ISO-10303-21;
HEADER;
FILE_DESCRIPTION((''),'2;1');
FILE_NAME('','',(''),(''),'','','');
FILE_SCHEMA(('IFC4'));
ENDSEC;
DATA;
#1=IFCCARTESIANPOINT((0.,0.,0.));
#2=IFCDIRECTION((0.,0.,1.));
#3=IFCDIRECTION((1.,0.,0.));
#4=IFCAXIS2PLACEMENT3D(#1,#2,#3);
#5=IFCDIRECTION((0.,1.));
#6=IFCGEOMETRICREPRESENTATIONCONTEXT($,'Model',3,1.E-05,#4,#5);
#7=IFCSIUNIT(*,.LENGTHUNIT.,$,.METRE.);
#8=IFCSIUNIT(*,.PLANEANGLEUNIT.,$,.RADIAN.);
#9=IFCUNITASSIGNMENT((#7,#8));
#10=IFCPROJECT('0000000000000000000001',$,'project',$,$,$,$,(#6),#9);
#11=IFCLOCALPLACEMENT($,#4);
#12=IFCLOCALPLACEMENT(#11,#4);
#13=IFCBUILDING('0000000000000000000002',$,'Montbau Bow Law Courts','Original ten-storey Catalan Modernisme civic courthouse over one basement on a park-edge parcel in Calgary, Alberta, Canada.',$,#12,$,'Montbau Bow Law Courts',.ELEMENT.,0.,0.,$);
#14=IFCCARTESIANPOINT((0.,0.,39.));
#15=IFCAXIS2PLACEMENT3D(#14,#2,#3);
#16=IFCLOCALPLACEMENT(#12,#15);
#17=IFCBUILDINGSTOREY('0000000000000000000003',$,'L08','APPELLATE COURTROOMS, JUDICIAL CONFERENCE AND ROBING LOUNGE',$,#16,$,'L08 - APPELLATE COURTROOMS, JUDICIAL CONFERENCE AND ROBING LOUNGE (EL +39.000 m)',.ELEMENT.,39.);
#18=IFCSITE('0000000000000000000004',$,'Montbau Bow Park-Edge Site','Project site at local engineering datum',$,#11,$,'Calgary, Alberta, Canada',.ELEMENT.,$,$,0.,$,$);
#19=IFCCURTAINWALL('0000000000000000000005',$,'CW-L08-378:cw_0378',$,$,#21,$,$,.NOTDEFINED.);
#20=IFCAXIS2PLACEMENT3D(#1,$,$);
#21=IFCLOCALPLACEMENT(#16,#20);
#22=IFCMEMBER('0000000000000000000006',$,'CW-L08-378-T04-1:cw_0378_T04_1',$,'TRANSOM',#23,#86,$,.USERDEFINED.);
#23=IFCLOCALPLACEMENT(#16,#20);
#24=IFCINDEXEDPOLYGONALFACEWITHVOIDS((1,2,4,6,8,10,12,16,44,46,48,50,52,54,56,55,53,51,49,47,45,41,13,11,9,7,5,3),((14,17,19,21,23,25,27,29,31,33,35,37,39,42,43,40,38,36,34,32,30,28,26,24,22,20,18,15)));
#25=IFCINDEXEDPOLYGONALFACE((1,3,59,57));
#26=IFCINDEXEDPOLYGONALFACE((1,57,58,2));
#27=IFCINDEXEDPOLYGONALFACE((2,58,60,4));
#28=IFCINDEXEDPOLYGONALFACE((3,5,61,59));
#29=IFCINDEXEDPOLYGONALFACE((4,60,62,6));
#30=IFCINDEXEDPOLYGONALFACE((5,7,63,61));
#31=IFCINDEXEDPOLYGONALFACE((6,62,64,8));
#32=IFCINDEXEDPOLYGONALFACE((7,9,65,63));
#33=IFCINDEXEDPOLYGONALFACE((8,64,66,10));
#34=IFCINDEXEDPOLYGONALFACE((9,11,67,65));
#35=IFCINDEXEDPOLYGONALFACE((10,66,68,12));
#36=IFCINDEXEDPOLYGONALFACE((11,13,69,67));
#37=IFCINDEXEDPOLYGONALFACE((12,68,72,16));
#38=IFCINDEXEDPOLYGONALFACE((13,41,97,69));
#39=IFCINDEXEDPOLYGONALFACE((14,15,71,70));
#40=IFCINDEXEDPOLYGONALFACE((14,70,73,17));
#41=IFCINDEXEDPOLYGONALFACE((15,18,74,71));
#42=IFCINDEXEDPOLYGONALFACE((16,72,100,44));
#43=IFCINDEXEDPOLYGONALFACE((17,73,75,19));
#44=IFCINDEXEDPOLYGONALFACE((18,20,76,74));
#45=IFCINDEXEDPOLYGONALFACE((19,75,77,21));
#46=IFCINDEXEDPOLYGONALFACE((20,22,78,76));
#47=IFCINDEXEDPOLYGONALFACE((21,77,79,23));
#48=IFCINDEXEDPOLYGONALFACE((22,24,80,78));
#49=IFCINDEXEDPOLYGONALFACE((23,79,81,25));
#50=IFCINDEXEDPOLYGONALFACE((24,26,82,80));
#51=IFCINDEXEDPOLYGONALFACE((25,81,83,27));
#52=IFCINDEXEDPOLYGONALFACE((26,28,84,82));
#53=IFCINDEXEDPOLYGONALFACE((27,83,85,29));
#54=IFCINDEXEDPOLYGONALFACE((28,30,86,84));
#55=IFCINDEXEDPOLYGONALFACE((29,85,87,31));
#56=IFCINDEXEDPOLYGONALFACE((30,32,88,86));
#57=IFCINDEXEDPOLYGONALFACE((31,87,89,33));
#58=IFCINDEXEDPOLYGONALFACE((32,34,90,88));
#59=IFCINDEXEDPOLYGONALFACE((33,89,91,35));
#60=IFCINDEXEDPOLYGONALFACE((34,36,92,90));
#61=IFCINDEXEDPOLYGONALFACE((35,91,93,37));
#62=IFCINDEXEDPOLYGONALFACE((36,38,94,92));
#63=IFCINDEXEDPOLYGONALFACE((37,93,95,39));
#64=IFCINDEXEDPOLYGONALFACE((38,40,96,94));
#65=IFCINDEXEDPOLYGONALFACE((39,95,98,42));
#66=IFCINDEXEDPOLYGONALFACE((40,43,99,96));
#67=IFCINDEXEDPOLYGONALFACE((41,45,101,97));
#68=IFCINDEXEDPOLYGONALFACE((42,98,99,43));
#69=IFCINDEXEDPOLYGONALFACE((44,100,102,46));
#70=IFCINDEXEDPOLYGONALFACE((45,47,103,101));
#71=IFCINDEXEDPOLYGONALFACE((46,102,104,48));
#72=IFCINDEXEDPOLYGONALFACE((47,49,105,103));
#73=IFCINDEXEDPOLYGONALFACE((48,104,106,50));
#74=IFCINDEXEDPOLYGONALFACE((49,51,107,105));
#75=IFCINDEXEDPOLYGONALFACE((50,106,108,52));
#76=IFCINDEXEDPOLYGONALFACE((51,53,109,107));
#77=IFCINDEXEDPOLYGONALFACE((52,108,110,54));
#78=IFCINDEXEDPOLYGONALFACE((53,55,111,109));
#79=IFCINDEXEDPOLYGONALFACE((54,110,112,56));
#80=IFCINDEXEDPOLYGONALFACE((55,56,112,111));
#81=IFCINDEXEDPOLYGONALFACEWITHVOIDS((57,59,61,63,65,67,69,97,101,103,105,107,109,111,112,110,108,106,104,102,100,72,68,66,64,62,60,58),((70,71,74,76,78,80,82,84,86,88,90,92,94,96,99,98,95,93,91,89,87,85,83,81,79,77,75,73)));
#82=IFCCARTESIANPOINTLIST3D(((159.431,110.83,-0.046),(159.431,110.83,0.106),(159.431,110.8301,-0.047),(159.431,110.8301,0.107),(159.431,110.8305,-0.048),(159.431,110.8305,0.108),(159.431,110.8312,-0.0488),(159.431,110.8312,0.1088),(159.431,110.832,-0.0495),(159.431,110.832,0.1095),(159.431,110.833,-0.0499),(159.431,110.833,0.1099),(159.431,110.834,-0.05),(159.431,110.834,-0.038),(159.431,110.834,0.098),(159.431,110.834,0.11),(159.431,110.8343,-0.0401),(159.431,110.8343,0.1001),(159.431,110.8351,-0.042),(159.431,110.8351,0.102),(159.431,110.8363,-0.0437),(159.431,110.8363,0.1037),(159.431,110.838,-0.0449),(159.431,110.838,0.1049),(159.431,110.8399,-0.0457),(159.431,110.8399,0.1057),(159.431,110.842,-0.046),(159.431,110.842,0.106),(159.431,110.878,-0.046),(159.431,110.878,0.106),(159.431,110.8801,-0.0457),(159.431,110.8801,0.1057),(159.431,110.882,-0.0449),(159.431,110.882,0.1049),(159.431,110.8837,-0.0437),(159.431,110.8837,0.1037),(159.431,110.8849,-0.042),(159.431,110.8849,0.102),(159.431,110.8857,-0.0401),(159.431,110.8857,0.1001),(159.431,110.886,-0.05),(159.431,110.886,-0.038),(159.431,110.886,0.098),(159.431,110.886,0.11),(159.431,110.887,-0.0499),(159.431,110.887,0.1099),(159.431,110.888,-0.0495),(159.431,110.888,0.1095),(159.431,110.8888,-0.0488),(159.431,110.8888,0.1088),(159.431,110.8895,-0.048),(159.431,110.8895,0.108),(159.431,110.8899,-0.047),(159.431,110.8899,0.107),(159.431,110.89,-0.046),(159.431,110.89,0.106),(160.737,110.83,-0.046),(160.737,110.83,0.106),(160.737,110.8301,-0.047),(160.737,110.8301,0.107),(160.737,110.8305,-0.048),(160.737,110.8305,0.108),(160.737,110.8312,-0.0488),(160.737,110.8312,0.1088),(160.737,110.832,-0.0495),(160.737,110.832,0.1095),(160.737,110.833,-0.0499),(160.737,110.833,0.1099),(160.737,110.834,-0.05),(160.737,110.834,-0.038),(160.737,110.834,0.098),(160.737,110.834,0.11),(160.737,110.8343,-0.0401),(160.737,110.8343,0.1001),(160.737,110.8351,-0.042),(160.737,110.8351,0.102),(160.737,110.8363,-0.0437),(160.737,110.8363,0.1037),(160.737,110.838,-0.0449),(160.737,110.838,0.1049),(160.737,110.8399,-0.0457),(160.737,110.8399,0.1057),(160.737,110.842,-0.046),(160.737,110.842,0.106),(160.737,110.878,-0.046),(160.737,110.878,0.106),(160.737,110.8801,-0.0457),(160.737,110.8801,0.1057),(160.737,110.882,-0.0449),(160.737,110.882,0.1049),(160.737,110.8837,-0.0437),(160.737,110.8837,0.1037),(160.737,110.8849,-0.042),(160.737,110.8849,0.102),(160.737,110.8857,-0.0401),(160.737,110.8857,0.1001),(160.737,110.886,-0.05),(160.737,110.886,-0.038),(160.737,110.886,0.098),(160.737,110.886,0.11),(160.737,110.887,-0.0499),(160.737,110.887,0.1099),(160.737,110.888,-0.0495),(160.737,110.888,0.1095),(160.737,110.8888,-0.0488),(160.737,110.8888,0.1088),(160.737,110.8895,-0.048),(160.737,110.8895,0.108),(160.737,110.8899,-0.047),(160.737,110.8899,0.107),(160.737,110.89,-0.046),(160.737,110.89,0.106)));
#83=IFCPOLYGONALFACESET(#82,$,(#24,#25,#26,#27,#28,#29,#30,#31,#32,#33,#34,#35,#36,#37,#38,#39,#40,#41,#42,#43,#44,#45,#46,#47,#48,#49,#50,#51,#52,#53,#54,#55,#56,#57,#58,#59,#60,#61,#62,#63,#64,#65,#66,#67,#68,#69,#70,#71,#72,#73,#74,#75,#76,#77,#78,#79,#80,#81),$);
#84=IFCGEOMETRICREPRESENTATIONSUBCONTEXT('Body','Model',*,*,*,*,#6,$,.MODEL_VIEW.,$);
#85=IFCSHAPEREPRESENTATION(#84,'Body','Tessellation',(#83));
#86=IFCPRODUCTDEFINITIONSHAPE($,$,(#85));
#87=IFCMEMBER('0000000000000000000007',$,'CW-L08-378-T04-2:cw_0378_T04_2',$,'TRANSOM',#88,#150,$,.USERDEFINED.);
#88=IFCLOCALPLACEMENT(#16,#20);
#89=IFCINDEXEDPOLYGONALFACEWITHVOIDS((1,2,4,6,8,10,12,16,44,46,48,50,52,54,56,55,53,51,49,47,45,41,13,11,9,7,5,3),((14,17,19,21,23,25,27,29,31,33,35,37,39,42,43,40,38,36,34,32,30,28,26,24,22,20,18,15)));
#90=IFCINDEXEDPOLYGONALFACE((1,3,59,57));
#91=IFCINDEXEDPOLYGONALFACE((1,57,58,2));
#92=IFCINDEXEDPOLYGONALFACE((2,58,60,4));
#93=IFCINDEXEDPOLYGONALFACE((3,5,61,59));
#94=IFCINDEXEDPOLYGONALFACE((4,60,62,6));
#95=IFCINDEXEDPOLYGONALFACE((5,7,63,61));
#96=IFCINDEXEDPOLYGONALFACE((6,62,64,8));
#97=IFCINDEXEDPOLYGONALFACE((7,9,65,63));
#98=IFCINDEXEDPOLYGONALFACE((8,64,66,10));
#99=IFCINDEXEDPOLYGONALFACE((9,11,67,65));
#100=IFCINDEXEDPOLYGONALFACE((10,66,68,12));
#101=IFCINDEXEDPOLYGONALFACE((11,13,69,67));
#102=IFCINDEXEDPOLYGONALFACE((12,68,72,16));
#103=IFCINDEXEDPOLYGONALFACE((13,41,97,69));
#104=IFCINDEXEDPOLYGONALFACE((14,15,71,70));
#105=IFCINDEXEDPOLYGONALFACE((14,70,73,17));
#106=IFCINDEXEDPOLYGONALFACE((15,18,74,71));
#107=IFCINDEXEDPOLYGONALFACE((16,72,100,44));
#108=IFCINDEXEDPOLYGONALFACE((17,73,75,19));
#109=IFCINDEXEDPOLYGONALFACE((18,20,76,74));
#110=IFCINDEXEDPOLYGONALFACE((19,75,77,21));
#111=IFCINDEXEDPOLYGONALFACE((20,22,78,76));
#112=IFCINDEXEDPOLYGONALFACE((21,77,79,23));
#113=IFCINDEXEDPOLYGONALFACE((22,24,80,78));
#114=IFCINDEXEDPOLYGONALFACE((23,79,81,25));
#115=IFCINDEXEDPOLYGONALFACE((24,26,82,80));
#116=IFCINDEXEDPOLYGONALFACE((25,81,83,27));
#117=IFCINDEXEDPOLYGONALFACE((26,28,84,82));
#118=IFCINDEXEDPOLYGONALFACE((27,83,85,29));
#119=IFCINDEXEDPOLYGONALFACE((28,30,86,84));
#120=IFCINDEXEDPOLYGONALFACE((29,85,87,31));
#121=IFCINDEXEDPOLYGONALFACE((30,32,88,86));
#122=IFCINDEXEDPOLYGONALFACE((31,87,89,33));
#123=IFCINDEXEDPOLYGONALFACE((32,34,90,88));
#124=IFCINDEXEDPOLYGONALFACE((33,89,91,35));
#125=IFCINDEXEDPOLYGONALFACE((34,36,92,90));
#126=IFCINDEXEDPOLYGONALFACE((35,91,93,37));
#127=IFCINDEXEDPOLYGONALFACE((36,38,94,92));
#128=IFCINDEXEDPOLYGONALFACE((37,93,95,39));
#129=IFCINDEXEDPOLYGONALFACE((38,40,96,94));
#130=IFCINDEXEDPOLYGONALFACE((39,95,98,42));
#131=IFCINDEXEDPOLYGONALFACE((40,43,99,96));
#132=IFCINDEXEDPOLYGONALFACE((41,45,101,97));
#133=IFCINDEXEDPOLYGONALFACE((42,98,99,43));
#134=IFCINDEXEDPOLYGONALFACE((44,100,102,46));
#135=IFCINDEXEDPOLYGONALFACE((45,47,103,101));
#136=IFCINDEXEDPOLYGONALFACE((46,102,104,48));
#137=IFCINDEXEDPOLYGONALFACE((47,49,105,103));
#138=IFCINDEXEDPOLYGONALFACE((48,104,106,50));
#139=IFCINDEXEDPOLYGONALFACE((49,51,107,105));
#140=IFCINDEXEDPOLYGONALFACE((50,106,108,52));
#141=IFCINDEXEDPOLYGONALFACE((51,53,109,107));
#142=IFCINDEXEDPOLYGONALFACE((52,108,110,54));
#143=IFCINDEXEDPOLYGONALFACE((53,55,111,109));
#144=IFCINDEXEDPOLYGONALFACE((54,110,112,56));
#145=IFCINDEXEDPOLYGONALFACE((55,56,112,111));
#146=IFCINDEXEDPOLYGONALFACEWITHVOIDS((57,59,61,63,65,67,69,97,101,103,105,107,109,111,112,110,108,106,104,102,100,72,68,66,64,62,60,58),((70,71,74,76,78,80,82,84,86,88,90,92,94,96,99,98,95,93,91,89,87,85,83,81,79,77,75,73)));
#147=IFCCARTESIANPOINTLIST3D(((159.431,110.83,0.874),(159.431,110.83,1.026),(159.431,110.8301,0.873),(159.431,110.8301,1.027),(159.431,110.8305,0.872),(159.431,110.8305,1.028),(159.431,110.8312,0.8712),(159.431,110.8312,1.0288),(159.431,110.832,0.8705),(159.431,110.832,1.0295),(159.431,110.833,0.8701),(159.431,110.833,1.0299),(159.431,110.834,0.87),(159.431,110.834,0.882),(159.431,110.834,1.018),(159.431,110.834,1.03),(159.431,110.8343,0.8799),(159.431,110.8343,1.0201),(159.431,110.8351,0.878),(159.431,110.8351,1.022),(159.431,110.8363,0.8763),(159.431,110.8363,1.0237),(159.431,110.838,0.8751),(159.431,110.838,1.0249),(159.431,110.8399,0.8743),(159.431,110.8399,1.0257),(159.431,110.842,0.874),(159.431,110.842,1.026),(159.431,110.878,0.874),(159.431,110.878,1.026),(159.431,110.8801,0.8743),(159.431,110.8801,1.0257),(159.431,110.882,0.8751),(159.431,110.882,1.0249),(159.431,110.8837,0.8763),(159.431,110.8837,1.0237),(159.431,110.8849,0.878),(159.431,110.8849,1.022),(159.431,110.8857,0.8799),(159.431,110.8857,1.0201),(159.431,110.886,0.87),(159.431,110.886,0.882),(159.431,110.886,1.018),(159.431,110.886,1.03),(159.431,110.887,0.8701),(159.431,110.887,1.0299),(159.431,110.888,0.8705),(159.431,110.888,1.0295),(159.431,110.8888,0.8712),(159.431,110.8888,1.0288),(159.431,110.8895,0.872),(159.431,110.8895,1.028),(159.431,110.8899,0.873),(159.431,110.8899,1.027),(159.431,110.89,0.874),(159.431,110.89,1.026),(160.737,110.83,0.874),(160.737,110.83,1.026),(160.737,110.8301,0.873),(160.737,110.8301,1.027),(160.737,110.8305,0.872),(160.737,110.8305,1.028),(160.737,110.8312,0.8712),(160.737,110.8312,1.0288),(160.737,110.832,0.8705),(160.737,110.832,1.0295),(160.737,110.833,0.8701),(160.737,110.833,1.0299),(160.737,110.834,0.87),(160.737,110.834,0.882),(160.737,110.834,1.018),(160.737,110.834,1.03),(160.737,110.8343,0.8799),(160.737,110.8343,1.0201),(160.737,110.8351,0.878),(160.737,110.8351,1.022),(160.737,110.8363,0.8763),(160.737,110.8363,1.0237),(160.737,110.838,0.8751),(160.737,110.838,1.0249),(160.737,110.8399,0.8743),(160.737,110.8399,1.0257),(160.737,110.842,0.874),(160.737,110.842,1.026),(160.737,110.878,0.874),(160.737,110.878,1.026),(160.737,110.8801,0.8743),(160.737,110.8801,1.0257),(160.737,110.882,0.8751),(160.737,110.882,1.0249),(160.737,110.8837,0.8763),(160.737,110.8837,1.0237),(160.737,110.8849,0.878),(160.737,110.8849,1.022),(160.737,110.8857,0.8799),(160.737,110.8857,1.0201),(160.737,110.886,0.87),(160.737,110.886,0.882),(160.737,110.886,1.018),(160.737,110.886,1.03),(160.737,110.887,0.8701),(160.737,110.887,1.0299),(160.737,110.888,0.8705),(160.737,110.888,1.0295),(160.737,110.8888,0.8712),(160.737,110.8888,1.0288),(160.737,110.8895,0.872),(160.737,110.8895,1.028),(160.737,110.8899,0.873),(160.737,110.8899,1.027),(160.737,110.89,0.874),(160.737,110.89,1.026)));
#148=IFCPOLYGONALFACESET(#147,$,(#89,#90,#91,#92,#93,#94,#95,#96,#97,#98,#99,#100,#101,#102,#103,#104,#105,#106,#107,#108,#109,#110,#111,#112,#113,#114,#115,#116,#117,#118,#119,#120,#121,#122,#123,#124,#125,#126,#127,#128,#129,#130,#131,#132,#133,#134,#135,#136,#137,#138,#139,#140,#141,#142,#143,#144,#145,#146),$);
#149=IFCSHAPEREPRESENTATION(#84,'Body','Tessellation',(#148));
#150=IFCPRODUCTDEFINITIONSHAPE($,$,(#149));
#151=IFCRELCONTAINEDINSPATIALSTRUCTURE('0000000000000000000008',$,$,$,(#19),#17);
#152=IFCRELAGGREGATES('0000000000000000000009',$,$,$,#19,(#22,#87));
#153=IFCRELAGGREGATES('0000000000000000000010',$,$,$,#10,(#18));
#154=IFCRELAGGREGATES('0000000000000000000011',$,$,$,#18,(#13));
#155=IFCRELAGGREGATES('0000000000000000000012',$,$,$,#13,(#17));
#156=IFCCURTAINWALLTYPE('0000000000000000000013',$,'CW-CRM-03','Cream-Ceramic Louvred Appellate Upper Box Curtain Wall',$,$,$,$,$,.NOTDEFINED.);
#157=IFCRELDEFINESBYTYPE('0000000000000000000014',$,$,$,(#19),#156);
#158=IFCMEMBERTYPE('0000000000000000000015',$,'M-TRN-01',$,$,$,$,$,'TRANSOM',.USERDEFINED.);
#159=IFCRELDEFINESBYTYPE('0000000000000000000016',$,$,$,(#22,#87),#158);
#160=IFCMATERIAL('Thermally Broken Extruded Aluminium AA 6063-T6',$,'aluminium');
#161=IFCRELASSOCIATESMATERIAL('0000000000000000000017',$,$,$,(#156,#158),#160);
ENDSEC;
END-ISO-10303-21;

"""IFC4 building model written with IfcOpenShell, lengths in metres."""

from ifc_helpers import new_model, si_unit, direction, frame, origin_with_axes, origin_2d_with_axis, place, context, subcontext, project, spatial, hollow_rectangle, extrude, material, material_profile, profile_set, type_object, element, aggregate, save


model = new_model("IFC4")

# Units and contexts
model_context = context("Model", 3, precision=1e-05, world=origin_with_axes(), true_north=direction((0.0, 1.0)))
body_context = subcontext(model_context, "Body", "Model", "MODEL_VIEW")
ifc_project = project(units=[si_unit("LENGTHUNIT", "METRE"), si_unit("PLANEANGLEUNIT", "RADIAN")], contexts=[model_context])

# Site, building, storey
site_placement = place(None, origin_with_axes())
site = spatial("IfcSite", under=ifc_project, at=site_placement, Name="Montbau Bow Park-Edge Site", Description="Project site at local engineering datum", LongName="Calgary, Alberta, Canada", CompositionType="ELEMENT", RefElevation=0.0)
building_placement = place(site_placement, origin_with_axes())
building = spatial("IfcBuilding", under=site, at=building_placement, Name="Montbau Bow Law Courts", Description="Original ten-storey Catalan Modernisme civic courthouse over one basement on a park-edge parcel in Calgary, Alberta, Canada.", LongName="Montbau Bow Law Courts", CompositionType="ELEMENT", ElevationOfRefHeight=0.0, ElevationOfTerrain=0.0)
storey_placement = place(building_placement, frame((0.0, 0.0, 39.0), z_axis=(0.0, 0.0, 1.0), x_axis=(1.0, 0.0, 0.0)))
storey = spatial("IfcBuildingStorey", under=building, at=storey_placement, Name="L08", Description="APPELLATE COURTROOMS, JUDICIAL CONFERENCE AND ROBING LOUNGE", LongName="L08 - APPELLATE COURTROOMS, JUDICIAL CONFERENCE AND ROBING LOUNGE (EL +39.000 m)", CompositionType="ELEMENT", Elevation=39.0)

# Curtain wall, members
ifc_material_1 = material(Name="Thermally Broken Extruded Aluminium AA 6063-T6", Category="aluminium")
curtain_wall_type = type_object("IfcCurtainWallType", Name="CW-CRM-03", Description="Cream-Ceramic Louvred Appellate Upper Box Curtain Wall", PredefinedType="NOTDEFINED", material=ifc_material_1)
curtain_wall_placement = place(None, frame((155.24, 110.86, 39.0), z_axis=(0.0, 0.0, 1.0), x_axis=(1.0, 0.0, 0.0)))
curtain_wall = element("IfcCurtainWall", 1, at=curtain_wall_placement, inside=storey, type_object=curtain_wall_type, Name="CW-L08-378:cw_0378", PredefinedType="NOTDEFINED")
ifc_material_profile_1 = material_profile(ifc_material_1, hollow_rectangle(XDim=0.06, YDim=0.16, WallThickness=0.004, InnerFilletRadius=0.008, OuterFilletRadius=0.004, at=origin_2d_with_axis()), Name="CWT-160X60", Category="Main", Priority=0)
ifc_profile_set_1 = profile_set([ifc_material_profile_1], Name="Thermally Broken Extruded Aluminium AA 6063-T6")
member_type_1 = type_object("IfcMemberType", Name="M-TRN-01", ElementType="TRANSOM", PredefinedType="USERDEFINED", material=ifc_profile_set_1)
member_1_placement = place(None, frame((159.431, 110.86, 39.03), z_axis=(1.0, 0.0, 0.0), x_axis=(0.0, 1.0, 0.0)))
member_1 = element("IfcMember", 2, at=member_1_placement, type_object=member_type_1, Name="CW-L08-378-T04-1:cw_0378_T04_1", ObjectType="TRANSOM", PredefinedType="USERDEFINED", context=body_context, shape_type="SweptSolid", body=[
    extrude(hollow_rectangle(XDim=0.06, YDim=0.16, WallThickness=0.004, InnerFilletRadius=0.008, OuterFilletRadius=0.004, at=origin_2d_with_axis()), origin_with_axes(), (0.0, 0.0, 1.0), 1.306),
])
member_2_placement = place(None, frame((159.431, 110.86, 39.95), z_axis=(1.0, 0.0, 0.0), x_axis=(0.0, 1.0, 0.0)))
member_2 = element("IfcMember", 3, at=member_2_placement, type_object=member_type_1, Name="CW-L08-378-T04-2:cw_0378_T04_2", ObjectType="TRANSOM", PredefinedType="USERDEFINED", context=body_context, shape_type="SweptSolid", body=[
    extrude(hollow_rectangle(XDim=0.06, YDim=0.16, WallThickness=0.004, InnerFilletRadius=0.008, OuterFilletRadius=0.004, at=origin_2d_with_axis()), origin_with_axes(), (0.0, 0.0, 1.0), 1.306),
])
aggregate(curtain_wall, [member_1, member_2])

save(model, "model.ifc")
